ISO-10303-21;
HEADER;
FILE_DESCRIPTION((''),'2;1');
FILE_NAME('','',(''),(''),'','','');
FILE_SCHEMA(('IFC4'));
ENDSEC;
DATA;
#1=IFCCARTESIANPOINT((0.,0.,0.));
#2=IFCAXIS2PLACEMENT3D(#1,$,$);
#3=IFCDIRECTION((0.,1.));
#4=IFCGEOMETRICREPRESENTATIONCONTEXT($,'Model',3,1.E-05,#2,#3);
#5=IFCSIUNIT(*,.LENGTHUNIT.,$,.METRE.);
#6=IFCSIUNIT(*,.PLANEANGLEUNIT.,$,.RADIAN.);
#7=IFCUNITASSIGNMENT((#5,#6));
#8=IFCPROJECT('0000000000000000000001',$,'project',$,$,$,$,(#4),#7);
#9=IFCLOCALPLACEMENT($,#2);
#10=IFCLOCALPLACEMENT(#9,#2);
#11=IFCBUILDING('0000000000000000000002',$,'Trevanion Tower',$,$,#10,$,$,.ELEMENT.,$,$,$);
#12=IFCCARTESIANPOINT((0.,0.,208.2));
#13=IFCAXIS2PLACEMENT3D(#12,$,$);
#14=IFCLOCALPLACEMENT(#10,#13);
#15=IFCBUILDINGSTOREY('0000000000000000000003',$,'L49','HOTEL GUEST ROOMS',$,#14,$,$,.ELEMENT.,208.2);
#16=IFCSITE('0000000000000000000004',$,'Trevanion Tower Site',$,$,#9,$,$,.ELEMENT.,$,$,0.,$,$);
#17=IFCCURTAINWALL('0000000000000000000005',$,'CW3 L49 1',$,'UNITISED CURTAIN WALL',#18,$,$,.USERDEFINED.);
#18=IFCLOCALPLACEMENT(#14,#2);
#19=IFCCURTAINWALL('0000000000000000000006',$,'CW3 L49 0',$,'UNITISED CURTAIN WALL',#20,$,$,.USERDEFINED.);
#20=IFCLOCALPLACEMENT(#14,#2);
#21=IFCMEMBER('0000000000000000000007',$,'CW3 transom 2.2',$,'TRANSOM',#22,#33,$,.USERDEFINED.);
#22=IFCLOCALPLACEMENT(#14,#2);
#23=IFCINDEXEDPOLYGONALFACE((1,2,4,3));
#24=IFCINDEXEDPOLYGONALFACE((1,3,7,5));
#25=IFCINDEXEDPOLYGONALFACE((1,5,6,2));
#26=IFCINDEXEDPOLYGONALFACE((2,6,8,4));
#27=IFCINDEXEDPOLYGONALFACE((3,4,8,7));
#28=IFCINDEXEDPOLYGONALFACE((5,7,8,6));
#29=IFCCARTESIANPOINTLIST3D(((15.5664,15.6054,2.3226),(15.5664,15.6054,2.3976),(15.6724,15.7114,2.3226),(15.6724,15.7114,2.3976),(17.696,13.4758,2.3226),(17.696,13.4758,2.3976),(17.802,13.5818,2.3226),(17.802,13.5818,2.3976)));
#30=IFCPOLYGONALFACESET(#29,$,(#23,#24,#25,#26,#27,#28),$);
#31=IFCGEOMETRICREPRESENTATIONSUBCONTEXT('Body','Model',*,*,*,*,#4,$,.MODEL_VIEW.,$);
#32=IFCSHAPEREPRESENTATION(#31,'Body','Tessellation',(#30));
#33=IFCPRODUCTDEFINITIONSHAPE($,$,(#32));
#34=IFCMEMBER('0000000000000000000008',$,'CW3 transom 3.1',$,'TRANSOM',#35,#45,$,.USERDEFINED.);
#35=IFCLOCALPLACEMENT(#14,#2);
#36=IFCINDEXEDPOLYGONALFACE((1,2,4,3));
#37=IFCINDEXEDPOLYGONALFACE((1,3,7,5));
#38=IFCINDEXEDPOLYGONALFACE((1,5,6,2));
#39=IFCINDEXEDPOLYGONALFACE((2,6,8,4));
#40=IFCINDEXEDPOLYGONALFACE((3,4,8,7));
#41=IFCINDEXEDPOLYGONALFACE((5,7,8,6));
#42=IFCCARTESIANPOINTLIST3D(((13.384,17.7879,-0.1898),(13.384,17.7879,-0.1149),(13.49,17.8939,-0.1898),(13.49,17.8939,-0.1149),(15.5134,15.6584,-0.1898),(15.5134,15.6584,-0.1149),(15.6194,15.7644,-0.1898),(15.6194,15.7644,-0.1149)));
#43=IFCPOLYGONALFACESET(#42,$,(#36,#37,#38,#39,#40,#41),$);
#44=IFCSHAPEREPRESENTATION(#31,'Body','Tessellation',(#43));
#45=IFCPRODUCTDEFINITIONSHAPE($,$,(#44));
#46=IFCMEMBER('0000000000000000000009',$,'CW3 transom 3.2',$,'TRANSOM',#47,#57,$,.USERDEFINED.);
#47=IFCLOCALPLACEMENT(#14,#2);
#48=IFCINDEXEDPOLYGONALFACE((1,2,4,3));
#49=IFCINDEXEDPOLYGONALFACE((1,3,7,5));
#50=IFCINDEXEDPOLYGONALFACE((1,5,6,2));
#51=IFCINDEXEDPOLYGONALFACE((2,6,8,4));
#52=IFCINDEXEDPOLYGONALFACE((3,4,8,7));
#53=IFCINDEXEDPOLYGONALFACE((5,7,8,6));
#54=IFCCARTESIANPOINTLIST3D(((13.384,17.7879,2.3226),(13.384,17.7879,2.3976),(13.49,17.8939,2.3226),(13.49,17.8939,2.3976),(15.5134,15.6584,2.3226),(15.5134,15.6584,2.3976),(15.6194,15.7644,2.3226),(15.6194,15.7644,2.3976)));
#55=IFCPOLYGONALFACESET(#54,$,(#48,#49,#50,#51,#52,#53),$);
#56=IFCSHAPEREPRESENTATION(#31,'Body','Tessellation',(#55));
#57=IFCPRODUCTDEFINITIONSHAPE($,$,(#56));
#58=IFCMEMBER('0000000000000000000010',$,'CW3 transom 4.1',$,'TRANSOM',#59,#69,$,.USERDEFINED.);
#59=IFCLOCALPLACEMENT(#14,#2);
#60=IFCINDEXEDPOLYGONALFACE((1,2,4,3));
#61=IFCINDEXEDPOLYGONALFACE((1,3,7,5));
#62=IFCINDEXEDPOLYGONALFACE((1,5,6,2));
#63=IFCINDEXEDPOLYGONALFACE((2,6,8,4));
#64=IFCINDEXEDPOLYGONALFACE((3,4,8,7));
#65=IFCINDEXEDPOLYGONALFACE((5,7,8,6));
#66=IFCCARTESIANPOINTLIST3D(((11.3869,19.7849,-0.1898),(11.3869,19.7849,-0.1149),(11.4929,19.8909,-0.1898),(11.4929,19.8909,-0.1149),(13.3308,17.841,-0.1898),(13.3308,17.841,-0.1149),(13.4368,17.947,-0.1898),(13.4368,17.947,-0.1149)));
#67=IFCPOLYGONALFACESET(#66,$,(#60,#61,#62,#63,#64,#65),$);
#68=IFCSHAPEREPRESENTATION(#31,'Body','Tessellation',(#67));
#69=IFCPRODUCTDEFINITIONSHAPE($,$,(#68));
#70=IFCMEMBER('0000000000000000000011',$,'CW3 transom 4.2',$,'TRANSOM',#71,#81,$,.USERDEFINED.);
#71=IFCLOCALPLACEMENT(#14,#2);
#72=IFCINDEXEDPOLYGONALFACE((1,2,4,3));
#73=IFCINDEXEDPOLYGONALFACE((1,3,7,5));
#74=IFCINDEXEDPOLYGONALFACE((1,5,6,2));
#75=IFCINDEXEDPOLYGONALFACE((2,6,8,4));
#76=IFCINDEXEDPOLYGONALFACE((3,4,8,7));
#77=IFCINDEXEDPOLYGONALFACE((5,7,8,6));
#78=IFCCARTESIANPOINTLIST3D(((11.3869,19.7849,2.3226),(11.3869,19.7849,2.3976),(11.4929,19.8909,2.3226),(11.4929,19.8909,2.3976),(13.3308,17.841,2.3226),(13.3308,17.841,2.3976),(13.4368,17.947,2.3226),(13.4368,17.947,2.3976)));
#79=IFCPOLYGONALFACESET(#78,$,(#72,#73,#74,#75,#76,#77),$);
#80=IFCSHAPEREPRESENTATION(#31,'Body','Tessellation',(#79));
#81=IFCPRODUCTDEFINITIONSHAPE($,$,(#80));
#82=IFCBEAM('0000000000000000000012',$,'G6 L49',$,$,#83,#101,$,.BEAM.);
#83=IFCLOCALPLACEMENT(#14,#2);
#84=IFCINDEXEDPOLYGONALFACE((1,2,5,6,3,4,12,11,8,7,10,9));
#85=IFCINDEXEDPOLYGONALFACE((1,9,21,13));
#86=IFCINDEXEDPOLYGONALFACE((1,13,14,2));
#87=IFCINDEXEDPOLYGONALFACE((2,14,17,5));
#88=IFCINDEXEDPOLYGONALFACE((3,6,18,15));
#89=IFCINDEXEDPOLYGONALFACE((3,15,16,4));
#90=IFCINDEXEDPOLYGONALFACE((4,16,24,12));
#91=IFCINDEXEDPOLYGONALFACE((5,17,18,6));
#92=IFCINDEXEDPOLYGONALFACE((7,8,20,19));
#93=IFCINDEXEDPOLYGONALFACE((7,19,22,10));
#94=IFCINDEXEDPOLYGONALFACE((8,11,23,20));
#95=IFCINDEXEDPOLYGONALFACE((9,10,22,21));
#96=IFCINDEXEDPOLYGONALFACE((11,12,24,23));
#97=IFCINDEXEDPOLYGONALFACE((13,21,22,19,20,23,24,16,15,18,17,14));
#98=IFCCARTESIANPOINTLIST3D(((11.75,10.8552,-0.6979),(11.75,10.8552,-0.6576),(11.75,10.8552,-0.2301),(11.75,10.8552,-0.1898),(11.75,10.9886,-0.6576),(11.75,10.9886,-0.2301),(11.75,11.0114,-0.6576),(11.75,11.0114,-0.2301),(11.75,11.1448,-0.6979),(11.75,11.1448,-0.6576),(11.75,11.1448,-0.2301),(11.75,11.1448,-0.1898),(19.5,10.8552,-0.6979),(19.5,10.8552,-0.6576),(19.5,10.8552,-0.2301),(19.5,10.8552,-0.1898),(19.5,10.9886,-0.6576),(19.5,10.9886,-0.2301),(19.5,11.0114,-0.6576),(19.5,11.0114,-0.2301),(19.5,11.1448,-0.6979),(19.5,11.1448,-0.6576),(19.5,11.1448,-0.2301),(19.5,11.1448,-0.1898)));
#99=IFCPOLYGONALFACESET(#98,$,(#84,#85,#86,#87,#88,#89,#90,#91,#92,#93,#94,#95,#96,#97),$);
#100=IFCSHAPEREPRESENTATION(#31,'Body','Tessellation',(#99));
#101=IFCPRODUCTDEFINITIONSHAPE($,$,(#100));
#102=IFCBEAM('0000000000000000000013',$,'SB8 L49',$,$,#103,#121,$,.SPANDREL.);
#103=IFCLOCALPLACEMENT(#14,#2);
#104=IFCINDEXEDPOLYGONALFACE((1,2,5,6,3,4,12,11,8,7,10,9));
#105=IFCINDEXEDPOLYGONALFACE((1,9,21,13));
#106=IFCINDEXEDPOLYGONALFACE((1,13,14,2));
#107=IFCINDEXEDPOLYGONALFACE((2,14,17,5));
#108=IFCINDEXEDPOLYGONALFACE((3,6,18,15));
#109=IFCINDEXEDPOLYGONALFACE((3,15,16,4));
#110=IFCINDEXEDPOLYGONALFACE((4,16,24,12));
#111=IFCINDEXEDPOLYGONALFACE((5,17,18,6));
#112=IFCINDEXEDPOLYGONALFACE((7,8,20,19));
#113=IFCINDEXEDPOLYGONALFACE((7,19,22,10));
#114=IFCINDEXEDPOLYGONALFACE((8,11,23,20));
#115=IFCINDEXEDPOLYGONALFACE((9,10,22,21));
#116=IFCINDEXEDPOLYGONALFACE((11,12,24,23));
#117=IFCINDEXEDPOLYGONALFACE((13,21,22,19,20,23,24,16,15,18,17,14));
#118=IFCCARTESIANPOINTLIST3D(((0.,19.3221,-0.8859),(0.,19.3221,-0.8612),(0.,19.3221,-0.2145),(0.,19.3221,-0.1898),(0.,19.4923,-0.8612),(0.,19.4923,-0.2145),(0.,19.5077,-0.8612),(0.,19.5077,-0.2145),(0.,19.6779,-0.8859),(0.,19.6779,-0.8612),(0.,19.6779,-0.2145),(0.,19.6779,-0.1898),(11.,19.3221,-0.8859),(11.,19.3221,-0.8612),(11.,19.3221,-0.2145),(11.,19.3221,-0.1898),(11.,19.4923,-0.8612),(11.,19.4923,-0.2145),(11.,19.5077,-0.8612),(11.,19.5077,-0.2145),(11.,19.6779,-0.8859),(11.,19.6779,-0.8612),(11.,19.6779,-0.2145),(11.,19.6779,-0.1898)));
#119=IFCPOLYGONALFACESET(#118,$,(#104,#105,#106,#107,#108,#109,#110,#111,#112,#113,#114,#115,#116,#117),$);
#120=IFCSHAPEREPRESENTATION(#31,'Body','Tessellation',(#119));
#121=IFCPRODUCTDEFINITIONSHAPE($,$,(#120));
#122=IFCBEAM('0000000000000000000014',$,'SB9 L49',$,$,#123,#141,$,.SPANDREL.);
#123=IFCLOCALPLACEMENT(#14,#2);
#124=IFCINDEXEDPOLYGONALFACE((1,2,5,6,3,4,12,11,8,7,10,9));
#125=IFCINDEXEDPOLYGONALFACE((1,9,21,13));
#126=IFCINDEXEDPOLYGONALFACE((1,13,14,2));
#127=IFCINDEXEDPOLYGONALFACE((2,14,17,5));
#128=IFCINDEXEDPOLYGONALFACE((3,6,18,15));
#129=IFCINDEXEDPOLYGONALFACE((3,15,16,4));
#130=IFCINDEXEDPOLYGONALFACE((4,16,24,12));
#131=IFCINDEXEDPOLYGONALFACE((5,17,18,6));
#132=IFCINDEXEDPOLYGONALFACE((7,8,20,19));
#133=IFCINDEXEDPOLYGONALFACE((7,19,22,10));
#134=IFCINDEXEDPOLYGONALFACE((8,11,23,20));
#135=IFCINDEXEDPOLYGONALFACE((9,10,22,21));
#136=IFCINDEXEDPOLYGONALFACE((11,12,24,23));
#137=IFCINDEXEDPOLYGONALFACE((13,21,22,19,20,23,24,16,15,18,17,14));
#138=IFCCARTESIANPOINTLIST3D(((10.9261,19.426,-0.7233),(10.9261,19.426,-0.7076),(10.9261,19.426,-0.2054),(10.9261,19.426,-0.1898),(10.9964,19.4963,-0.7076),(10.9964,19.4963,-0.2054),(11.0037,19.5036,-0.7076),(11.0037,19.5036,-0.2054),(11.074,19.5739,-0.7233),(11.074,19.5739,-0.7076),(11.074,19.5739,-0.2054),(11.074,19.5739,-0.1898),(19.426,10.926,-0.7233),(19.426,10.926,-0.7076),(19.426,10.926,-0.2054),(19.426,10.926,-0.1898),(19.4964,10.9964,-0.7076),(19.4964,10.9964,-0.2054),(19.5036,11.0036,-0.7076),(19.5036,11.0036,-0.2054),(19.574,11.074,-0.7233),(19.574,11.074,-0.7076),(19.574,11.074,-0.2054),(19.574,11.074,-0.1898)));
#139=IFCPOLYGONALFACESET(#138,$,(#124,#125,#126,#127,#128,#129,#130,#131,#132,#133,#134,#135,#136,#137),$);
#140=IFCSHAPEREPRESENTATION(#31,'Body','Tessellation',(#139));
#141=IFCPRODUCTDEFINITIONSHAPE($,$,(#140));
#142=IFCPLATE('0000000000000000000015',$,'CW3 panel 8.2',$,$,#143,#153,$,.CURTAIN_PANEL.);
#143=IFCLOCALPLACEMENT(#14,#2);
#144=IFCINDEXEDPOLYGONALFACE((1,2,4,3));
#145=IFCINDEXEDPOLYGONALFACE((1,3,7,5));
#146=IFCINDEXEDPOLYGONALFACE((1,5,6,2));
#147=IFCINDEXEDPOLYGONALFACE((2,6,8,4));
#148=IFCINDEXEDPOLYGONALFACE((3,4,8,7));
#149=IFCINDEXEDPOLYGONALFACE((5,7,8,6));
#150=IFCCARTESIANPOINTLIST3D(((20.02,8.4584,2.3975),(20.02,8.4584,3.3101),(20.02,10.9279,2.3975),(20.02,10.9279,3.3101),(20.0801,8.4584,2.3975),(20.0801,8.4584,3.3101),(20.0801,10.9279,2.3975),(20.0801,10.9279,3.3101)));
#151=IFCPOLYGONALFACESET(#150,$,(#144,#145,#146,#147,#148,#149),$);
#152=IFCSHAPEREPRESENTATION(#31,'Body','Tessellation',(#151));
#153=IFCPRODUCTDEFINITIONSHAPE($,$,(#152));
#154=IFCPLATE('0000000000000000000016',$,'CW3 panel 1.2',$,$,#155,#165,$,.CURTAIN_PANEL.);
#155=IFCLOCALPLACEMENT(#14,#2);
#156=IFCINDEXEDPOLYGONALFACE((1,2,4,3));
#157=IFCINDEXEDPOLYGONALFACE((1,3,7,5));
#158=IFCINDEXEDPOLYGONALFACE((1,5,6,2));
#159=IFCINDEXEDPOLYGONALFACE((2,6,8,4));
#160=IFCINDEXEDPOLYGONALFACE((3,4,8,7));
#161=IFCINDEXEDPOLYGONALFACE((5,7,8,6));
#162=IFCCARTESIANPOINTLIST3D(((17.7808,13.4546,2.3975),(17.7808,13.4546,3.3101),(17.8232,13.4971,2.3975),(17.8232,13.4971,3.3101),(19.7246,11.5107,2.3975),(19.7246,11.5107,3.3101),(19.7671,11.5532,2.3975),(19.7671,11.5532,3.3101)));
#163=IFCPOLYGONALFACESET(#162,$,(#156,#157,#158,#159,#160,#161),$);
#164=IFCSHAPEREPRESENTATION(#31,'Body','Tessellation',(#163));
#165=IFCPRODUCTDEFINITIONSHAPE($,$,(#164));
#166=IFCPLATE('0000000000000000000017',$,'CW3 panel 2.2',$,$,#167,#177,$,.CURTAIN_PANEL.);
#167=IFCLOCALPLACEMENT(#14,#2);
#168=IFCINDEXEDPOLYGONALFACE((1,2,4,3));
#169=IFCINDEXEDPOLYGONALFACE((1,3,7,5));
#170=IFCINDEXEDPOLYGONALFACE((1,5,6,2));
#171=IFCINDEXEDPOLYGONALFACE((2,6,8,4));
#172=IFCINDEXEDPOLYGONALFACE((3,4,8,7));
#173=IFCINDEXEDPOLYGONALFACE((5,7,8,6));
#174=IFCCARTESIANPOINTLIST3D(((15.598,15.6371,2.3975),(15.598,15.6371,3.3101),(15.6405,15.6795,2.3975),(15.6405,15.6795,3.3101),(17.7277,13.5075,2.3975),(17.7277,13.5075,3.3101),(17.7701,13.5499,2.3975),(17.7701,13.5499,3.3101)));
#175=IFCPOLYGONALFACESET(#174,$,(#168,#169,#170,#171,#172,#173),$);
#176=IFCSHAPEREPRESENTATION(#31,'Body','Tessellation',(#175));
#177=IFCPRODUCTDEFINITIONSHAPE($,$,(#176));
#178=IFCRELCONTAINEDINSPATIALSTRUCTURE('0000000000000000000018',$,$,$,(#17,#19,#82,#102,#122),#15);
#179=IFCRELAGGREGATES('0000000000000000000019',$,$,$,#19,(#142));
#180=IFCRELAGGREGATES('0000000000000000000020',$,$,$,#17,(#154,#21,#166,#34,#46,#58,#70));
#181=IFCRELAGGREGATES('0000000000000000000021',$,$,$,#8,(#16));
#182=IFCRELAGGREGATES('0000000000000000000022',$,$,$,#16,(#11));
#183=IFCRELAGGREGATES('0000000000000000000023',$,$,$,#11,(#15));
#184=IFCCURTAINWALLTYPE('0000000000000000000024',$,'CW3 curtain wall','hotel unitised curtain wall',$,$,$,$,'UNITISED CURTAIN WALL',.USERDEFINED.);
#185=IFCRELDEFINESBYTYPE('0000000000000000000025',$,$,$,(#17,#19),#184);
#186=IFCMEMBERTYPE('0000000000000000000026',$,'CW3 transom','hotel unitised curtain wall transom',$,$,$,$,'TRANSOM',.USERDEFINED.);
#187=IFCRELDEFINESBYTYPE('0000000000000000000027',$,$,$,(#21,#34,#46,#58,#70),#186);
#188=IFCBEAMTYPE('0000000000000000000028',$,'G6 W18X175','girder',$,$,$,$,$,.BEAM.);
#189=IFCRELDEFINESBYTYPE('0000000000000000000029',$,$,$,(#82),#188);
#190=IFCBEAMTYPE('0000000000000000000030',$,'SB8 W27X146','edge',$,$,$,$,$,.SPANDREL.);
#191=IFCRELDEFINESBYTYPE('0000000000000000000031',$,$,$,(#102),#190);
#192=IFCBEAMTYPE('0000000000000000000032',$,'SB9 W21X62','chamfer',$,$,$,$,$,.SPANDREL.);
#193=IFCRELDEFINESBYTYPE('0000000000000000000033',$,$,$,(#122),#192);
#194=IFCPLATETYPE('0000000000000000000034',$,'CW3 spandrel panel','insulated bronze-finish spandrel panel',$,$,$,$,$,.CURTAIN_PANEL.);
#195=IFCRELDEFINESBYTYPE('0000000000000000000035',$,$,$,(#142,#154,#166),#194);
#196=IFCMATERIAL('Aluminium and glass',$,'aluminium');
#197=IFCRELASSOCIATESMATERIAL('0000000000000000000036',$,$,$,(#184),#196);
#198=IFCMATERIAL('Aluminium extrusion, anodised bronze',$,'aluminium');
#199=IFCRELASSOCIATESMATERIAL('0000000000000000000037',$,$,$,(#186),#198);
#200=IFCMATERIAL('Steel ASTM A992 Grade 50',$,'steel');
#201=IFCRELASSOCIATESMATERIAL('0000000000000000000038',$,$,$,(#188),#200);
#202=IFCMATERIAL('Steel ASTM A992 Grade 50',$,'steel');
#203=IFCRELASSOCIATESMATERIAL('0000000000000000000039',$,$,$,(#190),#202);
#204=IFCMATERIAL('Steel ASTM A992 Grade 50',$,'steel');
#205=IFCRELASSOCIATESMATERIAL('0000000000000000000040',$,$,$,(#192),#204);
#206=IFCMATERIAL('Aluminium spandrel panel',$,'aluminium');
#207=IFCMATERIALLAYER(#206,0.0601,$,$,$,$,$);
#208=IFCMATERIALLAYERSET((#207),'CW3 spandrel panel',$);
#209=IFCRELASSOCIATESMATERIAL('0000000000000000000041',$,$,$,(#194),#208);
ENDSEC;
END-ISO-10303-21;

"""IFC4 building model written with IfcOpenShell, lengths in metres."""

from ifc_helpers import new_model, si_unit, direction, frame, origin, origin_2d, place, context, subcontext, project, spatial, rectangle, i_section, extrude, material, layer, layer_set, material_profile, profile_set, type_object, element, aggregate, save


model = new_model("IFC4")

# Units and contexts
model_context = context("Model", 3, precision=1e-05, world=origin(), true_north=direction((0.0, 1.0)))
body_context = subcontext(model_context, "Body", "Model", "MODEL_VIEW")
ifc_project = project(units=[si_unit("LENGTHUNIT", "METRE"), si_unit("PLANEANGLEUNIT", "RADIAN")], contexts=[model_context])

# Site, building, storey
site_placement = place(None, origin())
site = spatial("IfcSite", under=ifc_project, at=site_placement, Name="Trevanion Tower Site", CompositionType="ELEMENT", RefElevation=0.0)
building_placement = place(site_placement, origin())
building = spatial("IfcBuilding", under=site, at=building_placement, Name="Trevanion Tower", CompositionType="ELEMENT")
storey_placement = place(building_placement, frame((0.0, 0.0, 208.2)))
storey = spatial("IfcBuildingStorey", under=building, at=storey_placement, Name="L49", Description="HOTEL GUEST ROOMS", CompositionType="ELEMENT", Elevation=208.2)

# Curtain wall
ifc_material_1 = material(Name="Aluminium and glass", Category="aluminium")
curtain_wall_type = type_object("IfcCurtainWallType", Name="CW3 curtain wall", Description="hotel unitised curtain wall", ElementType="UNITISED CURTAIN WALL", PredefinedType="USERDEFINED", material=ifc_material_1)
curtain_wall_1_placement = place(storey_placement, origin())
curtain_wall_1 = element("IfcCurtainWall", 1, at=curtain_wall_1_placement, inside=storey, type_object=curtain_wall_type, Name="CW3 L49 1", ObjectType="UNITISED CURTAIN WALL", PredefinedType="USERDEFINED")

# Curtain wall
curtain_wall_2_placement = place(storey_placement, origin())
curtain_wall_2 = element("IfcCurtainWall", 2, at=curtain_wall_2_placement, inside=storey, type_object=curtain_wall_type, Name="CW3 L49 0", ObjectType="UNITISED CURTAIN WALL", PredefinedType="USERDEFINED")

# Members
ifc_material_2 = material(Name="Aluminium extrusion, anodised bronze", Category="aluminium")
ifc_material_profile_1 = material_profile(ifc_material_2, rectangle(XDim=0.1499, YDim=0.075, at=origin_2d()), Name="CW3 transom")
ifc_profile_set_1 = profile_set([ifc_material_profile_1], Name="Aluminium extrusion, anodised bronze")
member_type_1 = type_object("IfcMemberType", Name="CW3 transom", Description="hotel unitised curtain wall transom", ElementType="TRANSOM", PredefinedType="USERDEFINED", material=ifc_profile_set_1)
member_1_placement = place(storey_placement, frame((17.749, 13.5288, 2.3601), z_axis=(-0.707107, 0.707107, 0.0), x_axis=(-0.707107, -0.707107, 0.0)))
member_1 = element("IfcMember", 3, at=member_1_placement, type_object=member_type_1, Name="CW3 transom 2.2", ObjectType="TRANSOM", PredefinedType="USERDEFINED", context=body_context, shape_type="SweptSolid", body=[
    extrude(rectangle(XDim=0.1499, YDim=0.075, at=origin_2d()), origin(), (0.0, 0.0, 1.0), 3.0117),
])
member_2_placement = place(storey_placement, frame((15.5664, 15.7114, -0.1523), z_axis=(-0.707107, 0.707107, 0.0), x_axis=(-0.707107, -0.707107, 0.0)))
member_2 = element("IfcMember", 4, at=member_2_placement, type_object=member_type_1, Name="CW3 transom 3.1", ObjectType="TRANSOM", PredefinedType="USERDEFINED", context=body_context, shape_type="SweptSolid", body=[
    extrude(rectangle(XDim=0.1499, YDim=0.075, at=origin_2d()), origin(), (0.0, 0.0, 1.0), 3.0115),
])
member_3_placement = place(storey_placement, frame((15.5664, 15.7114, 2.3601), z_axis=(-0.707107, 0.707107, 0.0), x_axis=(-0.707107, -0.707107, 0.0)))
member_3 = element("IfcMember", 5, at=member_3_placement, type_object=member_type_1, Name="CW3 transom 3.2", ObjectType="TRANSOM", PredefinedType="USERDEFINED", context=body_context, shape_type="SweptSolid", body=[
    extrude(rectangle(XDim=0.1499, YDim=0.075, at=origin_2d()), origin(), (0.0, 0.0, 1.0), 3.0115),
])
member_4_placement = place(storey_placement, frame((13.3838, 17.894, -0.1523), z_axis=(-0.707107, 0.707107, 0.0), x_axis=(-0.707107, -0.707107, 0.0)))
member_4 = element("IfcMember", 6, at=member_4_placement, type_object=member_type_1, Name="CW3 transom 4.1", ObjectType="TRANSOM", PredefinedType="USERDEFINED", context=body_context, shape_type="SweptSolid", body=[
    extrude(rectangle(XDim=0.1499, YDim=0.075, at=origin_2d()), origin(), (0.0, 0.0, 1.0), 2.749),
])
member_5_placement = place(storey_placement, frame((13.3838, 17.894, 2.3601), z_axis=(-0.707107, 0.707107, 0.0), x_axis=(-0.707107, -0.707107, 0.0)))
member_5 = element("IfcMember", 7, at=member_5_placement, type_object=member_type_1, Name="CW3 transom 4.2", ObjectType="TRANSOM", PredefinedType="USERDEFINED", context=body_context, shape_type="SweptSolid", body=[
    extrude(rectangle(XDim=0.1499, YDim=0.075, at=origin_2d()), origin(), (0.0, 0.0, 1.0), 2.749),
])

# Beams
ifc_material_3 = material(Name="Steel ASTM A992 Grade 50", Category="steel")
ifc_material_profile_2 = material_profile(ifc_material_3, i_section(OverallWidth=0.2896, OverallDepth=0.5081, WebThickness=0.0227, FlangeThickness=0.0403, at=origin_2d()), Name="W18X175")
ifc_profile_set_2 = profile_set([ifc_material_profile_2], Name="Steel ASTM A992 Grade 50")
beam_type_1 = type_object("IfcBeamType", Name="G6 W18X175", Description="girder", PredefinedType="BEAM", material=ifc_profile_set_2)
beam_1_placement = place(storey_placement, frame((11.75, 11.0, -0.4438), z_axis=(1.0, 0.0, 0.0), x_axis=(0.0, 1.0, 0.0)))
element("IfcBeam", 8, at=beam_1_placement, inside=storey, type_object=beam_type_1, Name="G6 L49", PredefinedType="BEAM", context=body_context, shape_type="SweptSolid", body=[
    extrude(i_section(OverallWidth=0.2896, OverallDepth=0.5081, WebThickness=0.0227, FlangeThickness=0.0403, at=origin_2d()), origin(), (0.0, 0.0, 1.0), 7.75),
])
ifc_material_4 = material(Name="Steel ASTM A992 Grade 50", Category="steel")
ifc_material_profile_3 = material_profile(ifc_material_4, i_section(OverallWidth=0.3557, OverallDepth=0.696, WebThickness=0.0154, FlangeThickness=0.0247, at=origin_2d()), Name="W27X146")
ifc_profile_set_3 = profile_set([ifc_material_profile_3], Name="Steel ASTM A992 Grade 50")
beam_type_2 = type_object("IfcBeamType", Name="SB8 W27X146", Description="edge", PredefinedType="SPANDREL", material=ifc_profile_set_3)
beam_2_placement = place(storey_placement, frame((11.0, 19.5, -0.5378), z_axis=(-1.0, 0.0, 0.0), x_axis=(0.0, -1.0, 0.0)))
element("IfcBeam", 9, at=beam_2_placement, inside=storey, type_object=beam_type_2, Name="SB8 L49", PredefinedType="SPANDREL", context=body_context, shape_type="SweptSolid", body=[
    extrude(i_section(OverallWidth=0.3557, OverallDepth=0.696, WebThickness=0.0154, FlangeThickness=0.0247, at=origin_2d()), origin(), (0.0, 0.0, 1.0), 11.0),
])
ifc_material_5 = material(Name="Steel ASTM A992 Grade 50", Category="steel")
ifc_material_profile_4 = material_profile(ifc_material_5, i_section(OverallWidth=0.2092, OverallDepth=0.5334, WebThickness=0.0103, FlangeThickness=0.0156, at=origin_2d()), Name="W21X62")
ifc_profile_set_4 = profile_set([ifc_material_profile_4], Name="Steel ASTM A992 Grade 50")
beam_type_3 = type_object("IfcBeamType", Name="SB9 W21X62", Description="chamfer", PredefinedType="SPANDREL", material=ifc_profile_set_4)
beam_3_placement = place(storey_placement, frame((19.5, 11.0, -0.4565), z_axis=(-0.707107, 0.707107, 0.0), x_axis=(-0.707107, -0.707107, 0.0)))
element("IfcBeam", 10, at=beam_3_placement, inside=storey, type_object=beam_type_3, Name="SB9 L49", PredefinedType="SPANDREL", context=body_context, shape_type="SweptSolid", body=[
    extrude(i_section(OverallWidth=0.2092, OverallDepth=0.5334, WebThickness=0.0103, FlangeThickness=0.0156, at=origin_2d()), origin(), (0.0, 0.0, 1.0), 12.0208),
])

# Plates
ifc_material_6 = material(Name="Aluminium spandrel panel", Category="aluminium")
ifc_layer_1 = layer(ifc_material_6, 0.0601)
ifc_layer_set_1 = layer_set([ifc_layer_1], Name="CW3 spandrel panel")
plate_type_1 = type_object("IfcPlateType", Name="CW3 spandrel panel", Description="insulated bronze-finish spandrel panel", PredefinedType="CURTAIN_PANEL", material=ifc_layer_set_1)
plate_1_placement = place(storey_placement, frame((20.05, 9.6931, 2.3975), z_axis=(0.0, 0.0, 1.0), x_axis=(0.0, 1.0, 0.0)))
plate_1 = element("IfcPlate", 11, at=plate_1_placement, type_object=plate_type_1, Name="CW3 panel 8.2", PredefinedType="CURTAIN_PANEL", context=body_context, shape_type="SweptSolid", body=[
    extrude(rectangle(XDim=2.4695, YDim=0.0601, at=origin_2d()), origin(), (0.0, 0.0, 1.0), 0.9126),
])
aggregate(curtain_wall_2, [plate_1])
plate_2_placement = place(storey_placement, frame((18.7739, 12.5039, 2.3975), z_axis=(0.0, 0.0, 1.0), x_axis=(-0.707107, 0.707107, 0.0)))
plate_2 = element("IfcPlate", 12, at=plate_2_placement, type_object=plate_type_1, Name="CW3 panel 1.2", PredefinedType="CURTAIN_PANEL", context=body_context, shape_type="SweptSolid", body=[
    extrude(rectangle(XDim=2.749, YDim=0.0601, at=origin_2d()), origin(), (0.0, 0.0, 1.0), 0.9126),
])
plate_3_placement = place(storey_placement, frame((16.6841, 14.5935, 2.3975), z_axis=(0.0, 0.0, 1.0), x_axis=(-0.707107, 0.707107, 0.0)))
plate_3 = element("IfcPlate", 13, at=plate_3_placement, type_object=plate_type_1, Name="CW3 panel 2.2", PredefinedType="CURTAIN_PANEL", context=body_context, shape_type="SweptSolid", body=[
    extrude(rectangle(XDim=3.0117, YDim=0.0601, at=origin_2d()), origin(), (0.0, 0.0, 1.0), 0.9126),
])
aggregate(curtain_wall_1, [plate_2, member_1, plate_3, member_2, member_3, member_4, member_5])

save(model, "model.ifc")
